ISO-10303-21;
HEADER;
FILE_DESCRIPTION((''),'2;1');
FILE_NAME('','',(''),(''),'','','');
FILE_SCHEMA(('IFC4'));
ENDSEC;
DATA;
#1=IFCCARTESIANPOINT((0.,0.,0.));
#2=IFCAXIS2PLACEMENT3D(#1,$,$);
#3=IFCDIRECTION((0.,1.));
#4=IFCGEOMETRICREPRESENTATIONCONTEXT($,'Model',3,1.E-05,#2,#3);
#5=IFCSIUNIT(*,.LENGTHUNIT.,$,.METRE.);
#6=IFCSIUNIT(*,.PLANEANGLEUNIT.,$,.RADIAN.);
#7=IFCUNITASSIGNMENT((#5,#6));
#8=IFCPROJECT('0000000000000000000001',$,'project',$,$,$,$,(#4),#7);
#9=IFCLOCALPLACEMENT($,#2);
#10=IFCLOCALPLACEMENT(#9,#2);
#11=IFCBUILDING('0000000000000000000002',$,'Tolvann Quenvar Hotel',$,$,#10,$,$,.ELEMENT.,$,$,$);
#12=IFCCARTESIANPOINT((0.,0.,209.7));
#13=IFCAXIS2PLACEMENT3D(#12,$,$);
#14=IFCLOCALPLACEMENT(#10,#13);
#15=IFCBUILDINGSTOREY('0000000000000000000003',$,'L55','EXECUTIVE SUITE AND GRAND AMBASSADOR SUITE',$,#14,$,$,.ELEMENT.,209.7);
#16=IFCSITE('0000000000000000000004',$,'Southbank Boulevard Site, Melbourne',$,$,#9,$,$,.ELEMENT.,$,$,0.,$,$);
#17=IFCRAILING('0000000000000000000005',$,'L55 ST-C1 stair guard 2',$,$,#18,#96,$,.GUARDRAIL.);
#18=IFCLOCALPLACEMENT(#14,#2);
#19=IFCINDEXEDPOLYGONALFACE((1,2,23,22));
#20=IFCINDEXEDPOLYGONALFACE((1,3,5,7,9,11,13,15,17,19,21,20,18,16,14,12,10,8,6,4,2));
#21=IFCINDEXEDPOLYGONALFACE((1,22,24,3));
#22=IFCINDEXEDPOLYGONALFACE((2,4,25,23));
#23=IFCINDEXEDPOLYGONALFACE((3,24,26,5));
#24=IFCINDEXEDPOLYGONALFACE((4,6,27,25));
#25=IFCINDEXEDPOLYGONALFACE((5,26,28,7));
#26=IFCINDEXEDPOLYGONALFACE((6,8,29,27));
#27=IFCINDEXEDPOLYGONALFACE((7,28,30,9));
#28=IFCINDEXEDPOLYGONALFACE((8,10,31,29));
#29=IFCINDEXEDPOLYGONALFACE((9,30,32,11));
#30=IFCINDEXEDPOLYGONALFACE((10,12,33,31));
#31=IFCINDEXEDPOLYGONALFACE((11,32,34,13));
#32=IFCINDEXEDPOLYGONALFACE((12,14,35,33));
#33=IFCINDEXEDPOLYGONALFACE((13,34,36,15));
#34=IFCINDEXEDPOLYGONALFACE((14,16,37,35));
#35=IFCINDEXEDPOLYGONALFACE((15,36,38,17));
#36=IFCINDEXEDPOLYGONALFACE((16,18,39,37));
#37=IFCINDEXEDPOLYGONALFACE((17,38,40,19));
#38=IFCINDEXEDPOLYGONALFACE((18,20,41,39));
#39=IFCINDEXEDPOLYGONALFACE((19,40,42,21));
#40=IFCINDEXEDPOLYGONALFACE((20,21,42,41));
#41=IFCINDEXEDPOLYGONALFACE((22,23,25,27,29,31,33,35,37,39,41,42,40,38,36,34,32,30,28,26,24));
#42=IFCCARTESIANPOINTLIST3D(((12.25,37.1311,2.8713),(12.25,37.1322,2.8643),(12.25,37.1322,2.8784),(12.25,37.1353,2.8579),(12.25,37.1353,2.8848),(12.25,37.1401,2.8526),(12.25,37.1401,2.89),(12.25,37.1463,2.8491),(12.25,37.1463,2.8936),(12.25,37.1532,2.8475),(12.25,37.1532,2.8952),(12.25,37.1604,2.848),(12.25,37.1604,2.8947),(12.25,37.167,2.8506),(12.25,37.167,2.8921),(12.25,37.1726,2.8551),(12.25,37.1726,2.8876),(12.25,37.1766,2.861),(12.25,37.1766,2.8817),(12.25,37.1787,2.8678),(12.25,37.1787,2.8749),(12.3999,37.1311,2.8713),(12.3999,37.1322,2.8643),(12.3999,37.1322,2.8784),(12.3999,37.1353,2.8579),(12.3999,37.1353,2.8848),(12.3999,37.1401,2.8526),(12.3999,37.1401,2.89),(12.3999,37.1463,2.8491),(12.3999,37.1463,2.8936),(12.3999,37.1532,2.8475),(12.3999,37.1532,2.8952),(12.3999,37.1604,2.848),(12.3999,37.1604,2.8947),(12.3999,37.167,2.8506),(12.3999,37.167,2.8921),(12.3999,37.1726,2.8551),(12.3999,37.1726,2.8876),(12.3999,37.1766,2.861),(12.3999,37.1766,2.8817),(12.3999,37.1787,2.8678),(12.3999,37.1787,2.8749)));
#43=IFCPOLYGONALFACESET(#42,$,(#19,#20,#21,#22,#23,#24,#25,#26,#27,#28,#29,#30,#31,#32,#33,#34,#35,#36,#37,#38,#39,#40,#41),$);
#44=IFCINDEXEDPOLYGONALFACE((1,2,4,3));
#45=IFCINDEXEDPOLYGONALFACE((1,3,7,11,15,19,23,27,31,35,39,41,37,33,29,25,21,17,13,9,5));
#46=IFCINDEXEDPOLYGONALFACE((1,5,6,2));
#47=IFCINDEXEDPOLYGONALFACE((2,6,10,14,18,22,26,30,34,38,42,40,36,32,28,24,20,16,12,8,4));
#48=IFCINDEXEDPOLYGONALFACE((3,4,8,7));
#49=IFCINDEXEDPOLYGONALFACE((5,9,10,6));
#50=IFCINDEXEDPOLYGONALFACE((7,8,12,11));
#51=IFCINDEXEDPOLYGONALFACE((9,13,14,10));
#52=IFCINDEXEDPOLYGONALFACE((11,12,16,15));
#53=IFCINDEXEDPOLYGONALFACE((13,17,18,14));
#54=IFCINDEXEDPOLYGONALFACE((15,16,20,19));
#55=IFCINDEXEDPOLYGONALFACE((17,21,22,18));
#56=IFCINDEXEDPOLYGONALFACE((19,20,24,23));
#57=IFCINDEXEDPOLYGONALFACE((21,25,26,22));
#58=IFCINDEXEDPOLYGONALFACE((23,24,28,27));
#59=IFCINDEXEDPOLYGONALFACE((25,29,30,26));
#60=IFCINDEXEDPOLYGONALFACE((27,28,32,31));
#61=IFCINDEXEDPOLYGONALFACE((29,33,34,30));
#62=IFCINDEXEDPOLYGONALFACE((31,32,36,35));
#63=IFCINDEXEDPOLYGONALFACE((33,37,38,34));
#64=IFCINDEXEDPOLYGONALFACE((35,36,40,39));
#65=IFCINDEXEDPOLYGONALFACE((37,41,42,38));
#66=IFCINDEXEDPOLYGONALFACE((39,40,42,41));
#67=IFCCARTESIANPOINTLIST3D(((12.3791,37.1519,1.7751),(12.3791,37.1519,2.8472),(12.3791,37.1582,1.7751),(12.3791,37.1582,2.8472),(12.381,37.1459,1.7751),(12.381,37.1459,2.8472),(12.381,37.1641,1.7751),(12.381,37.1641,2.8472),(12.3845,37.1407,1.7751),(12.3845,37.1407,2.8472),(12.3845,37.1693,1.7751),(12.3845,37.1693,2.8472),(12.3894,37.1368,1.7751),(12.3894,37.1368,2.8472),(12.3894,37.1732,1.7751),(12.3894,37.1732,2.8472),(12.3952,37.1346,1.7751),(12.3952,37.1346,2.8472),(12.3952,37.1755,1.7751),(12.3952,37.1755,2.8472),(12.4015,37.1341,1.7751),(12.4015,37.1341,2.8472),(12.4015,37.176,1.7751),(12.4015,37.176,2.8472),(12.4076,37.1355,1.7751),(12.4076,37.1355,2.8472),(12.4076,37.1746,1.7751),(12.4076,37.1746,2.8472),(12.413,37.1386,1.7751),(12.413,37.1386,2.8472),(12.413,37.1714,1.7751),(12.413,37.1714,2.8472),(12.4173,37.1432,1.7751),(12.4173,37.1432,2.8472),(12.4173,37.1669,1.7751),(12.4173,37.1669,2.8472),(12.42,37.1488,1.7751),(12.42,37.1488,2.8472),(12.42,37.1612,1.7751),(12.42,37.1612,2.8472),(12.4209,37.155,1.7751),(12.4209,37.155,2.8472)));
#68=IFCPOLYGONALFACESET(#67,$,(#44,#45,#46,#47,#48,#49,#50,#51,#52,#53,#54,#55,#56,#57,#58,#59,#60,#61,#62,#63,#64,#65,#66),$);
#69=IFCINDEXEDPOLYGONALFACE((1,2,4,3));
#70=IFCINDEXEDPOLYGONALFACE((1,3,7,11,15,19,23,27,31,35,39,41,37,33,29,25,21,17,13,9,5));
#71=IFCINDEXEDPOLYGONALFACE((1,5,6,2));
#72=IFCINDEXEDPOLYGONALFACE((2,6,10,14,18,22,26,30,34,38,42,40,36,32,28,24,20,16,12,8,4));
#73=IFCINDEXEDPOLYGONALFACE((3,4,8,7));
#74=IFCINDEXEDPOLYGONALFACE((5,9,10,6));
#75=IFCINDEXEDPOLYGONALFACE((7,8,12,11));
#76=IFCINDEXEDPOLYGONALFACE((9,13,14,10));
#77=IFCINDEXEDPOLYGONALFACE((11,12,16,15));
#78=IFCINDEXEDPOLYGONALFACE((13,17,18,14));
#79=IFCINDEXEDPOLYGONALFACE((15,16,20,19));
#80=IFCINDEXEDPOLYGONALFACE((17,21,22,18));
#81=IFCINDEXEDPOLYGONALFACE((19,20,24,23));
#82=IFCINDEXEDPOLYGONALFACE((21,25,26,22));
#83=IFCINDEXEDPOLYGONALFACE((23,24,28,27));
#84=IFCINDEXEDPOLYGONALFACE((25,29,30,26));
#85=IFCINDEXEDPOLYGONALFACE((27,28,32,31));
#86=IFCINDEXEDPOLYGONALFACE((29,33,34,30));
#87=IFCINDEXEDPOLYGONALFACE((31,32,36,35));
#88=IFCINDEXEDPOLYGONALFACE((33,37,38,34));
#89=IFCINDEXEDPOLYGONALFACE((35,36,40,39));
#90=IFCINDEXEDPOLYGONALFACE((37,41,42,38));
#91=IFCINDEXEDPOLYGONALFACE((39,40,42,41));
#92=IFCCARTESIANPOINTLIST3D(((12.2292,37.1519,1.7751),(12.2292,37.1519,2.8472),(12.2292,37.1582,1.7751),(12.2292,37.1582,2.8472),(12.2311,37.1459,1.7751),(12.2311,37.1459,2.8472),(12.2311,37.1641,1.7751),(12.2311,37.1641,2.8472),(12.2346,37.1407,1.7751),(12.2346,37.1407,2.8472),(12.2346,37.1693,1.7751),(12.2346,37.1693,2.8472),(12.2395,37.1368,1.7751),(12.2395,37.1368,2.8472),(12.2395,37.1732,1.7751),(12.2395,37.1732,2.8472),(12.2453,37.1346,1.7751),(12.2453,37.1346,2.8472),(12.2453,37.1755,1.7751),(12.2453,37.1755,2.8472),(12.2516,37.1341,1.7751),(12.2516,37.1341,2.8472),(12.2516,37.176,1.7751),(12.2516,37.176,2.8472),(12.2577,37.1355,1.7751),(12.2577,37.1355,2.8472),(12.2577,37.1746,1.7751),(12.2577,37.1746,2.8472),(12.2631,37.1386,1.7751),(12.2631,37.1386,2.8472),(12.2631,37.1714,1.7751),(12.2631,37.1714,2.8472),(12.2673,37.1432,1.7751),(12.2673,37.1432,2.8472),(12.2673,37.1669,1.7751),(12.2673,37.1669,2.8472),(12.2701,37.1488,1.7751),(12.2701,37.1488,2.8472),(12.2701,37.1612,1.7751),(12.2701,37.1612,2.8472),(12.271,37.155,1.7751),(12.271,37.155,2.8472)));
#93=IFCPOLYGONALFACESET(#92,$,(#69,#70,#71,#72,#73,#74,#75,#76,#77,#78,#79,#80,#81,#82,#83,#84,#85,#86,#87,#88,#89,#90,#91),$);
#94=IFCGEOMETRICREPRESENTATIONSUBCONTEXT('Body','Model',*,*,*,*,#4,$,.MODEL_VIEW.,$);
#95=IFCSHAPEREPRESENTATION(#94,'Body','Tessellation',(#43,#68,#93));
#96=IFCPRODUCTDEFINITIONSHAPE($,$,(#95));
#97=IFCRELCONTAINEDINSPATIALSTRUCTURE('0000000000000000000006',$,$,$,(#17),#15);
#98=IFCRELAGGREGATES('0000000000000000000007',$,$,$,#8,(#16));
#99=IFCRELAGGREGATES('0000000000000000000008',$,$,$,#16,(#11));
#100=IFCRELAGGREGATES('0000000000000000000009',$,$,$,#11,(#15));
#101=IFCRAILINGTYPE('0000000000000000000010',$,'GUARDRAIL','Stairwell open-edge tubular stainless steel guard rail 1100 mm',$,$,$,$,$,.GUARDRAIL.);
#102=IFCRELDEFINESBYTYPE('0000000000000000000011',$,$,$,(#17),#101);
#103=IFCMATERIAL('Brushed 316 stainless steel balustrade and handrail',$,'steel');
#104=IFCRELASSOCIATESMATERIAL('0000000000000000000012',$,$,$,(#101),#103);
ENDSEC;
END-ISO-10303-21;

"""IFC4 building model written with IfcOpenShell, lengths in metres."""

from ifc_helpers import new_model, si_unit, direction, frame, origin, origin_2d, place, context, subcontext, project, spatial, circle, extrude, material, type_object, element, save


model = new_model("IFC4")

# Units and contexts
model_context = context("Model", 3, precision=1e-05, world=origin(), true_north=direction((0.0, 1.0)))
body_context = subcontext(model_context, "Body", "Model", "MODEL_VIEW")
ifc_project = project(units=[si_unit("LENGTHUNIT", "METRE"), si_unit("PLANEANGLEUNIT", "RADIAN")], contexts=[model_context])

# Site, building, storey
site_placement = place(None, origin())
site = spatial("IfcSite", under=ifc_project, at=site_placement, Name="Southbank Boulevard Site, Melbourne", CompositionType="ELEMENT", RefElevation=0.0)
building_placement = place(site_placement, origin())
building = spatial("IfcBuilding", under=site, at=building_placement, Name="Tolvann Quenvar Hotel", CompositionType="ELEMENT")
storey_placement = place(building_placement, frame((0.0, 0.0, 209.7)))
storey = spatial("IfcBuildingStorey", under=building, at=storey_placement, Name="L55", Description="EXECUTIVE SUITE AND GRAND AMBASSADOR SUITE", CompositionType="ELEMENT", Elevation=209.7)

# Railing
ifc_material_1 = material(Name="Brushed 316 stainless steel balustrade and handrail", Category="steel")
railing_type_1 = type_object("IfcRailingType", Name="GUARDRAIL", Description="Stairwell open-edge tubular stainless steel guard rail 1100 mm", PredefinedType="GUARDRAIL", material=ifc_material_1)
railing_1_placement = place(storey_placement, frame((12.3999, 37.155, 1.7751)))
element("IfcRailing", 1, at=railing_1_placement, inside=storey, type_object=railing_type_1, Name="L55 ST-C1 stair guard 2", PredefinedType="GUARDRAIL", context=body_context, shape_type="SweptSolid", body=[
    extrude(circle(Radius=0.0239, at=origin_2d()), frame((0.0, 0.0, 1.0962), z_axis=(-1.0, 0.0, 0.0), x_axis=(0.0, -1.0, 0.0)), (0.0, 0.0, 1.0), 0.1499),
    extrude(circle(Radius=0.021, at=origin_2d()), origin(), (0.0, 0.0, 1.0), 1.072),
    extrude(circle(Radius=0.021, at=origin_2d()), frame((-0.1499, 0.0, 0.0)), (0.0, 0.0, 1.0), 1.072),
])

save(model, "model.ifc")
